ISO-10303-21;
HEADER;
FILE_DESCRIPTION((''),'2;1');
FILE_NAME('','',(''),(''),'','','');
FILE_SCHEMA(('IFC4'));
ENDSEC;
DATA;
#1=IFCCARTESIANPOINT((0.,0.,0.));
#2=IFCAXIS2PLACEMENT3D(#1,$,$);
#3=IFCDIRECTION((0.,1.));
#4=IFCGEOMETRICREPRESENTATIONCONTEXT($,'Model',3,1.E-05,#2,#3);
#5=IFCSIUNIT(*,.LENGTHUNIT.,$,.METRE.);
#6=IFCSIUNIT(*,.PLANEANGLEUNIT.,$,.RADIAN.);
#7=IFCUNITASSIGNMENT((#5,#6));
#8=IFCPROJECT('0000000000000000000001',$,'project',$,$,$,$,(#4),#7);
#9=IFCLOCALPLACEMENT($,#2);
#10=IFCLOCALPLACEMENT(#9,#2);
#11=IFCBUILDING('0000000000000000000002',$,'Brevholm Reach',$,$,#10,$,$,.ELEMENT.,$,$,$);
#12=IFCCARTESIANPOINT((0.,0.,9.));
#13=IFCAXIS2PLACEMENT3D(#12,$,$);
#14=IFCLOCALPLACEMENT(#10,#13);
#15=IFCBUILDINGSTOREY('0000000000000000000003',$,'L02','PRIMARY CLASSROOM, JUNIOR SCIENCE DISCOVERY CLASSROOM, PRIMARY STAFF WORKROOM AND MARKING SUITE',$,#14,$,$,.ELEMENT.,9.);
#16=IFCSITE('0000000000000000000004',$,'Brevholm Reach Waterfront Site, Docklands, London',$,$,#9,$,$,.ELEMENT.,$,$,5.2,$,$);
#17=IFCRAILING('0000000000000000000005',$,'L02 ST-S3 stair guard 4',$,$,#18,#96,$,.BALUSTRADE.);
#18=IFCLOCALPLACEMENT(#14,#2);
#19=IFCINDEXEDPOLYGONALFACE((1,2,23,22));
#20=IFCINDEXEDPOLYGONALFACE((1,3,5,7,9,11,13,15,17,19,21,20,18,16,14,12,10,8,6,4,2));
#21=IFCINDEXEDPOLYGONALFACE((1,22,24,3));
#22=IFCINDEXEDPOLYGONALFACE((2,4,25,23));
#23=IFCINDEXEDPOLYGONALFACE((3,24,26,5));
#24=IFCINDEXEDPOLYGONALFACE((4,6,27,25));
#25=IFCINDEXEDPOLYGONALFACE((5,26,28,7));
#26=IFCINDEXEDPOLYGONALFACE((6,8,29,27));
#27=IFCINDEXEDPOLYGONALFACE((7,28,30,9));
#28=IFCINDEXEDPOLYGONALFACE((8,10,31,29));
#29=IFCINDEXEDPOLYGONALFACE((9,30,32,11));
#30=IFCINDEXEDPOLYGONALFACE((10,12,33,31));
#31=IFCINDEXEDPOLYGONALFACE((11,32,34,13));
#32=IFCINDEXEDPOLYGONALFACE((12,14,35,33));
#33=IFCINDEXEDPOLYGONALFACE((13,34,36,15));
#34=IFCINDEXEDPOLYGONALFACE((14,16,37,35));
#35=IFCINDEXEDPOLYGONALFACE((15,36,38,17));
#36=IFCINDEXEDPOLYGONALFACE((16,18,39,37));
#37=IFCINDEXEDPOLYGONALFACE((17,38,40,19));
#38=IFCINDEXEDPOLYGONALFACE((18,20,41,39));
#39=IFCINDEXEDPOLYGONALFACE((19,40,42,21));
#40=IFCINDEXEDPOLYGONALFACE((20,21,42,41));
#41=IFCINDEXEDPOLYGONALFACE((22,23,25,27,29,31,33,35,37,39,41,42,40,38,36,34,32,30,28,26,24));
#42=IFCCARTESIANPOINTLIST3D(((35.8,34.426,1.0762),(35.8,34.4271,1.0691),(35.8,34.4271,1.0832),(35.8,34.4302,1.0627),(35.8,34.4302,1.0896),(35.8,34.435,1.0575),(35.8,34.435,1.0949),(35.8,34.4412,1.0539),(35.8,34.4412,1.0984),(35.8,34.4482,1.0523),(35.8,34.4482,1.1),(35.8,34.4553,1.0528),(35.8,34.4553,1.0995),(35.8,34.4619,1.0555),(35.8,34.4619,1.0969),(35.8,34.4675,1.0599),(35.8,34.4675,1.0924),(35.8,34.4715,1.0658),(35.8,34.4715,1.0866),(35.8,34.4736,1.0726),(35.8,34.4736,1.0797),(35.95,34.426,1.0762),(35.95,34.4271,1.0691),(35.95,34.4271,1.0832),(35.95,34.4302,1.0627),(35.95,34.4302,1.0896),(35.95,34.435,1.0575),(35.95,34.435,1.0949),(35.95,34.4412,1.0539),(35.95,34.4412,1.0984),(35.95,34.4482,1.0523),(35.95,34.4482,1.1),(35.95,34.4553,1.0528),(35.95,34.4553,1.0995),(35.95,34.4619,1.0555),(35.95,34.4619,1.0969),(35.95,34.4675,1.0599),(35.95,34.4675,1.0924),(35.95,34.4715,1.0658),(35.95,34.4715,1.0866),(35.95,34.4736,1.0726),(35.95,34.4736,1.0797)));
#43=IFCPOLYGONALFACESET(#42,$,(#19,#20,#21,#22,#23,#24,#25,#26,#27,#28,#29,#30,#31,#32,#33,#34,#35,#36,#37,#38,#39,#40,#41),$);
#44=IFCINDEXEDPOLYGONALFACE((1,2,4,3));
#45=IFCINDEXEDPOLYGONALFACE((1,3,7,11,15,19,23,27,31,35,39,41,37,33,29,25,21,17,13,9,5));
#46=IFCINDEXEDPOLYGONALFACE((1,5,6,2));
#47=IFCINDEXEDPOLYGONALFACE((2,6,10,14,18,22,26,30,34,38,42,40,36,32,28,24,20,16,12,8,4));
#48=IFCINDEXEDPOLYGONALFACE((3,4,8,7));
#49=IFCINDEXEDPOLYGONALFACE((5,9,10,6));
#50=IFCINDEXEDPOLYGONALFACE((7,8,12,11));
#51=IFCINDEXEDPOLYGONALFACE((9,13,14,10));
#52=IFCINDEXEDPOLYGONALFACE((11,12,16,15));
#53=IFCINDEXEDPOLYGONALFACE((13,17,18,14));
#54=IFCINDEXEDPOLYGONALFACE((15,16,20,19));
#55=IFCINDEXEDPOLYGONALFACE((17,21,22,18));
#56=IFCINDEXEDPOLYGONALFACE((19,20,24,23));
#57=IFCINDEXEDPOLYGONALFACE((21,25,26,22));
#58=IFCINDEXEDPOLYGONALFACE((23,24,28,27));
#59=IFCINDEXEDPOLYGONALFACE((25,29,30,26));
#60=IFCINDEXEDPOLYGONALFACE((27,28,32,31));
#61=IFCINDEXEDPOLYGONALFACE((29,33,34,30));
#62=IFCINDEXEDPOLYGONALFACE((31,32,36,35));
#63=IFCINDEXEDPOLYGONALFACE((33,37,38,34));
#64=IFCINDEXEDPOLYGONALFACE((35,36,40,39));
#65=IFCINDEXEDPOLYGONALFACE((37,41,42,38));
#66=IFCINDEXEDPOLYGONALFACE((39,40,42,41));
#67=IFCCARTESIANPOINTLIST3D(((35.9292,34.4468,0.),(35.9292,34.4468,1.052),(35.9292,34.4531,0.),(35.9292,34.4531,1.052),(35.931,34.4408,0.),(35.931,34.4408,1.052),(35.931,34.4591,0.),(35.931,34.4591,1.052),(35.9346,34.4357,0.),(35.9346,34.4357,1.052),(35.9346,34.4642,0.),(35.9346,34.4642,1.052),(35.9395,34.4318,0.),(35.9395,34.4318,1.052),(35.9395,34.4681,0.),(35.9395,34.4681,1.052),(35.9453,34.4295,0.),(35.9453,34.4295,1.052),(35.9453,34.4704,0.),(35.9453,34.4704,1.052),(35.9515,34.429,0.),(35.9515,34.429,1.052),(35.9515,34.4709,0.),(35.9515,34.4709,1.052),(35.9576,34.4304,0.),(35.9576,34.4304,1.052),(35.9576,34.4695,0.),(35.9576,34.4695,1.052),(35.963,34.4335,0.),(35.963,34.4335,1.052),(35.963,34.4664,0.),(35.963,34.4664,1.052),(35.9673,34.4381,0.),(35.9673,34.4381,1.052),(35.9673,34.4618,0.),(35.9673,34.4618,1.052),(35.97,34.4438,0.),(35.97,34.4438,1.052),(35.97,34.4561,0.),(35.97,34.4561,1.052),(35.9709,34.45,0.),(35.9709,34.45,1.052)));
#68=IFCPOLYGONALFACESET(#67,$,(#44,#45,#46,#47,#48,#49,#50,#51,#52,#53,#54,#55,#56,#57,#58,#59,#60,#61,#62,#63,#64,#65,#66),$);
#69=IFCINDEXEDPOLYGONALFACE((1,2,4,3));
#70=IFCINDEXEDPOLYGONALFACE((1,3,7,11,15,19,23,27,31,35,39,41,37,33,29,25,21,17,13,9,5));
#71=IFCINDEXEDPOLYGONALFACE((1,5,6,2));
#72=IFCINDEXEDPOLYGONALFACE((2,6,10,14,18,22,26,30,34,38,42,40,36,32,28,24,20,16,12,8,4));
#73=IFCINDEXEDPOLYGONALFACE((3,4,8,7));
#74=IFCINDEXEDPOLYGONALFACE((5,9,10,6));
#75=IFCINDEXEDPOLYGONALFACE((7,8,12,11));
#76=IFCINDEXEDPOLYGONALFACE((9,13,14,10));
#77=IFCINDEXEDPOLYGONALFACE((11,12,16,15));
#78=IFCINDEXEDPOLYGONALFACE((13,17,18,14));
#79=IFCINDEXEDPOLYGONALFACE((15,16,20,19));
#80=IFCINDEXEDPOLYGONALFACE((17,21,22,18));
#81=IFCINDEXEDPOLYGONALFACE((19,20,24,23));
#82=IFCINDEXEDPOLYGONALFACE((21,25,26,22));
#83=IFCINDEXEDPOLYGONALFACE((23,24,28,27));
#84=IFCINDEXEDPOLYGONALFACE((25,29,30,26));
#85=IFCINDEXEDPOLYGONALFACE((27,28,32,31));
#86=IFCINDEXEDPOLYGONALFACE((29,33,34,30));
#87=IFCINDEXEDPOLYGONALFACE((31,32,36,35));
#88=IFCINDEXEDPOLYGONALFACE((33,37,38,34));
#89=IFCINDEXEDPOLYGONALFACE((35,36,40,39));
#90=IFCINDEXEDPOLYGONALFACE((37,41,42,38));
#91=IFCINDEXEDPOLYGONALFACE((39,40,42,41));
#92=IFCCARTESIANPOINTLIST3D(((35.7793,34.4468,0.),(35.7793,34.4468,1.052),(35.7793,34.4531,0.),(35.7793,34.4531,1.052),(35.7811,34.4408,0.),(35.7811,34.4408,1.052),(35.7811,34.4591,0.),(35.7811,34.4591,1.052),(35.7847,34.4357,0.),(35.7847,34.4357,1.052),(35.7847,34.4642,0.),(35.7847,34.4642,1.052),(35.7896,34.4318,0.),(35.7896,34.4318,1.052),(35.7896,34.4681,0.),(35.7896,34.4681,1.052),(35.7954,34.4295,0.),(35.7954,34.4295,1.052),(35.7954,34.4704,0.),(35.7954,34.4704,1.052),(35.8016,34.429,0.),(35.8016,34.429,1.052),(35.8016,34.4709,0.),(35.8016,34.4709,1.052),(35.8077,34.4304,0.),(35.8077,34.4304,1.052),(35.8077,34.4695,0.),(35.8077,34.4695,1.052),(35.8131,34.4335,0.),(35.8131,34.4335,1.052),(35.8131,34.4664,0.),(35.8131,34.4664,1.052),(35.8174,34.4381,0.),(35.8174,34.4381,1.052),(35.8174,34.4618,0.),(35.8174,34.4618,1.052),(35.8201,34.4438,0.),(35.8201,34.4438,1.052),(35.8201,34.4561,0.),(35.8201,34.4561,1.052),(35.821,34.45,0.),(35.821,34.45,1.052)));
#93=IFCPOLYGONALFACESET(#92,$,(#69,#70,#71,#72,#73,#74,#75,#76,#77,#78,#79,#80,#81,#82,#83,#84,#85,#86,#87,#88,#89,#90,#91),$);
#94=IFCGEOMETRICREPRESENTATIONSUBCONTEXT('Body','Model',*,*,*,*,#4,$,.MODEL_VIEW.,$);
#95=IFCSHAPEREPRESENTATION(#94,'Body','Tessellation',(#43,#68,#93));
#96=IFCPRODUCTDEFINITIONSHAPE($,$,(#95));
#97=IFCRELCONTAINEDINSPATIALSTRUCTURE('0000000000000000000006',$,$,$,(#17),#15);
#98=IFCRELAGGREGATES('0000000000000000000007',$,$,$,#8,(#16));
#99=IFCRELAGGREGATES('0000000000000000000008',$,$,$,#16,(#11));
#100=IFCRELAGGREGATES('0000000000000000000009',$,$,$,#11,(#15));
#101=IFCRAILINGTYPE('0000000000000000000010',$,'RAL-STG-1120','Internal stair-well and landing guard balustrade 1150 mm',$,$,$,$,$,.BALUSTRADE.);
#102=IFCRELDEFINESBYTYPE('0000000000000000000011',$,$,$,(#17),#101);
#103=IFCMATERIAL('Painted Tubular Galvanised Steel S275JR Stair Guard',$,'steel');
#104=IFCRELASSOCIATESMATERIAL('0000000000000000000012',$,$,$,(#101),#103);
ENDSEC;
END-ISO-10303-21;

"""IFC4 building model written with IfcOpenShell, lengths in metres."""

from ifc_helpers import new_model, si_unit, direction, frame, origin, origin_2d, place, context, subcontext, project, spatial, circle, extrude, material, type_object, element, save


model = new_model("IFC4")

# Units and contexts
model_context = context("Model", 3, precision=1e-05, world=origin(), true_north=direction((0.0, 1.0)))
body_context = subcontext(model_context, "Body", "Model", "MODEL_VIEW")
ifc_project = project(units=[si_unit("LENGTHUNIT", "METRE"), si_unit("PLANEANGLEUNIT", "RADIAN")], contexts=[model_context])

# Site, building, storey
site_placement = place(None, origin())
site = spatial("IfcSite", under=ifc_project, at=site_placement, Name="Brevholm Reach Waterfront Site, Docklands, London", CompositionType="ELEMENT", RefElevation=5.2)
building_placement = place(site_placement, origin())
building = spatial("IfcBuilding", under=site, at=building_placement, Name="Brevholm Reach", CompositionType="ELEMENT")
storey_placement = place(building_placement, frame((0.0, 0.0, 9.0)))
storey = spatial("IfcBuildingStorey", under=building, at=storey_placement, Name="L02", Description="PRIMARY CLASSROOM, JUNIOR SCIENCE DISCOVERY CLASSROOM, PRIMARY STAFF WORKROOM AND MARKING SUITE", CompositionType="ELEMENT", Elevation=9.0)

# Railing
ifc_material_1 = material(Name="Painted Tubular Galvanised Steel S275JR Stair Guard", Category="steel")
railing_type_1 = type_object("IfcRailingType", Name="RAL-STG-1120", Description="Internal stair-well and landing guard balustrade 1150 mm", PredefinedType="BALUSTRADE", material=ifc_material_1)
railing_1_placement = place(storey_placement, frame((35.95, 34.45, 0.0)))
element("IfcRailing", 1, at=railing_1_placement, inside=storey, type_object=railing_type_1, Name="L02 ST-S3 stair guard 4", PredefinedType="BALUSTRADE", context=body_context, shape_type="SweptSolid", body=[
    extrude(circle(Radius=0.0239, at=origin_2d()), frame((0.0, 0.0, 1.0762), z_axis=(-1.0, 0.0, 0.0), x_axis=(0.0, -1.0, 0.0)), (0.0, 0.0, 1.0), 0.1499),
    extrude(circle(Radius=0.021, at=origin_2d()), origin(), (0.0, 0.0, 1.0), 1.052),
    extrude(circle(Radius=0.021, at=origin_2d()), frame((-0.1499, 0.0, 0.0)), (0.0, 0.0, 1.0), 1.052),
])

save(model, "model.ifc")
